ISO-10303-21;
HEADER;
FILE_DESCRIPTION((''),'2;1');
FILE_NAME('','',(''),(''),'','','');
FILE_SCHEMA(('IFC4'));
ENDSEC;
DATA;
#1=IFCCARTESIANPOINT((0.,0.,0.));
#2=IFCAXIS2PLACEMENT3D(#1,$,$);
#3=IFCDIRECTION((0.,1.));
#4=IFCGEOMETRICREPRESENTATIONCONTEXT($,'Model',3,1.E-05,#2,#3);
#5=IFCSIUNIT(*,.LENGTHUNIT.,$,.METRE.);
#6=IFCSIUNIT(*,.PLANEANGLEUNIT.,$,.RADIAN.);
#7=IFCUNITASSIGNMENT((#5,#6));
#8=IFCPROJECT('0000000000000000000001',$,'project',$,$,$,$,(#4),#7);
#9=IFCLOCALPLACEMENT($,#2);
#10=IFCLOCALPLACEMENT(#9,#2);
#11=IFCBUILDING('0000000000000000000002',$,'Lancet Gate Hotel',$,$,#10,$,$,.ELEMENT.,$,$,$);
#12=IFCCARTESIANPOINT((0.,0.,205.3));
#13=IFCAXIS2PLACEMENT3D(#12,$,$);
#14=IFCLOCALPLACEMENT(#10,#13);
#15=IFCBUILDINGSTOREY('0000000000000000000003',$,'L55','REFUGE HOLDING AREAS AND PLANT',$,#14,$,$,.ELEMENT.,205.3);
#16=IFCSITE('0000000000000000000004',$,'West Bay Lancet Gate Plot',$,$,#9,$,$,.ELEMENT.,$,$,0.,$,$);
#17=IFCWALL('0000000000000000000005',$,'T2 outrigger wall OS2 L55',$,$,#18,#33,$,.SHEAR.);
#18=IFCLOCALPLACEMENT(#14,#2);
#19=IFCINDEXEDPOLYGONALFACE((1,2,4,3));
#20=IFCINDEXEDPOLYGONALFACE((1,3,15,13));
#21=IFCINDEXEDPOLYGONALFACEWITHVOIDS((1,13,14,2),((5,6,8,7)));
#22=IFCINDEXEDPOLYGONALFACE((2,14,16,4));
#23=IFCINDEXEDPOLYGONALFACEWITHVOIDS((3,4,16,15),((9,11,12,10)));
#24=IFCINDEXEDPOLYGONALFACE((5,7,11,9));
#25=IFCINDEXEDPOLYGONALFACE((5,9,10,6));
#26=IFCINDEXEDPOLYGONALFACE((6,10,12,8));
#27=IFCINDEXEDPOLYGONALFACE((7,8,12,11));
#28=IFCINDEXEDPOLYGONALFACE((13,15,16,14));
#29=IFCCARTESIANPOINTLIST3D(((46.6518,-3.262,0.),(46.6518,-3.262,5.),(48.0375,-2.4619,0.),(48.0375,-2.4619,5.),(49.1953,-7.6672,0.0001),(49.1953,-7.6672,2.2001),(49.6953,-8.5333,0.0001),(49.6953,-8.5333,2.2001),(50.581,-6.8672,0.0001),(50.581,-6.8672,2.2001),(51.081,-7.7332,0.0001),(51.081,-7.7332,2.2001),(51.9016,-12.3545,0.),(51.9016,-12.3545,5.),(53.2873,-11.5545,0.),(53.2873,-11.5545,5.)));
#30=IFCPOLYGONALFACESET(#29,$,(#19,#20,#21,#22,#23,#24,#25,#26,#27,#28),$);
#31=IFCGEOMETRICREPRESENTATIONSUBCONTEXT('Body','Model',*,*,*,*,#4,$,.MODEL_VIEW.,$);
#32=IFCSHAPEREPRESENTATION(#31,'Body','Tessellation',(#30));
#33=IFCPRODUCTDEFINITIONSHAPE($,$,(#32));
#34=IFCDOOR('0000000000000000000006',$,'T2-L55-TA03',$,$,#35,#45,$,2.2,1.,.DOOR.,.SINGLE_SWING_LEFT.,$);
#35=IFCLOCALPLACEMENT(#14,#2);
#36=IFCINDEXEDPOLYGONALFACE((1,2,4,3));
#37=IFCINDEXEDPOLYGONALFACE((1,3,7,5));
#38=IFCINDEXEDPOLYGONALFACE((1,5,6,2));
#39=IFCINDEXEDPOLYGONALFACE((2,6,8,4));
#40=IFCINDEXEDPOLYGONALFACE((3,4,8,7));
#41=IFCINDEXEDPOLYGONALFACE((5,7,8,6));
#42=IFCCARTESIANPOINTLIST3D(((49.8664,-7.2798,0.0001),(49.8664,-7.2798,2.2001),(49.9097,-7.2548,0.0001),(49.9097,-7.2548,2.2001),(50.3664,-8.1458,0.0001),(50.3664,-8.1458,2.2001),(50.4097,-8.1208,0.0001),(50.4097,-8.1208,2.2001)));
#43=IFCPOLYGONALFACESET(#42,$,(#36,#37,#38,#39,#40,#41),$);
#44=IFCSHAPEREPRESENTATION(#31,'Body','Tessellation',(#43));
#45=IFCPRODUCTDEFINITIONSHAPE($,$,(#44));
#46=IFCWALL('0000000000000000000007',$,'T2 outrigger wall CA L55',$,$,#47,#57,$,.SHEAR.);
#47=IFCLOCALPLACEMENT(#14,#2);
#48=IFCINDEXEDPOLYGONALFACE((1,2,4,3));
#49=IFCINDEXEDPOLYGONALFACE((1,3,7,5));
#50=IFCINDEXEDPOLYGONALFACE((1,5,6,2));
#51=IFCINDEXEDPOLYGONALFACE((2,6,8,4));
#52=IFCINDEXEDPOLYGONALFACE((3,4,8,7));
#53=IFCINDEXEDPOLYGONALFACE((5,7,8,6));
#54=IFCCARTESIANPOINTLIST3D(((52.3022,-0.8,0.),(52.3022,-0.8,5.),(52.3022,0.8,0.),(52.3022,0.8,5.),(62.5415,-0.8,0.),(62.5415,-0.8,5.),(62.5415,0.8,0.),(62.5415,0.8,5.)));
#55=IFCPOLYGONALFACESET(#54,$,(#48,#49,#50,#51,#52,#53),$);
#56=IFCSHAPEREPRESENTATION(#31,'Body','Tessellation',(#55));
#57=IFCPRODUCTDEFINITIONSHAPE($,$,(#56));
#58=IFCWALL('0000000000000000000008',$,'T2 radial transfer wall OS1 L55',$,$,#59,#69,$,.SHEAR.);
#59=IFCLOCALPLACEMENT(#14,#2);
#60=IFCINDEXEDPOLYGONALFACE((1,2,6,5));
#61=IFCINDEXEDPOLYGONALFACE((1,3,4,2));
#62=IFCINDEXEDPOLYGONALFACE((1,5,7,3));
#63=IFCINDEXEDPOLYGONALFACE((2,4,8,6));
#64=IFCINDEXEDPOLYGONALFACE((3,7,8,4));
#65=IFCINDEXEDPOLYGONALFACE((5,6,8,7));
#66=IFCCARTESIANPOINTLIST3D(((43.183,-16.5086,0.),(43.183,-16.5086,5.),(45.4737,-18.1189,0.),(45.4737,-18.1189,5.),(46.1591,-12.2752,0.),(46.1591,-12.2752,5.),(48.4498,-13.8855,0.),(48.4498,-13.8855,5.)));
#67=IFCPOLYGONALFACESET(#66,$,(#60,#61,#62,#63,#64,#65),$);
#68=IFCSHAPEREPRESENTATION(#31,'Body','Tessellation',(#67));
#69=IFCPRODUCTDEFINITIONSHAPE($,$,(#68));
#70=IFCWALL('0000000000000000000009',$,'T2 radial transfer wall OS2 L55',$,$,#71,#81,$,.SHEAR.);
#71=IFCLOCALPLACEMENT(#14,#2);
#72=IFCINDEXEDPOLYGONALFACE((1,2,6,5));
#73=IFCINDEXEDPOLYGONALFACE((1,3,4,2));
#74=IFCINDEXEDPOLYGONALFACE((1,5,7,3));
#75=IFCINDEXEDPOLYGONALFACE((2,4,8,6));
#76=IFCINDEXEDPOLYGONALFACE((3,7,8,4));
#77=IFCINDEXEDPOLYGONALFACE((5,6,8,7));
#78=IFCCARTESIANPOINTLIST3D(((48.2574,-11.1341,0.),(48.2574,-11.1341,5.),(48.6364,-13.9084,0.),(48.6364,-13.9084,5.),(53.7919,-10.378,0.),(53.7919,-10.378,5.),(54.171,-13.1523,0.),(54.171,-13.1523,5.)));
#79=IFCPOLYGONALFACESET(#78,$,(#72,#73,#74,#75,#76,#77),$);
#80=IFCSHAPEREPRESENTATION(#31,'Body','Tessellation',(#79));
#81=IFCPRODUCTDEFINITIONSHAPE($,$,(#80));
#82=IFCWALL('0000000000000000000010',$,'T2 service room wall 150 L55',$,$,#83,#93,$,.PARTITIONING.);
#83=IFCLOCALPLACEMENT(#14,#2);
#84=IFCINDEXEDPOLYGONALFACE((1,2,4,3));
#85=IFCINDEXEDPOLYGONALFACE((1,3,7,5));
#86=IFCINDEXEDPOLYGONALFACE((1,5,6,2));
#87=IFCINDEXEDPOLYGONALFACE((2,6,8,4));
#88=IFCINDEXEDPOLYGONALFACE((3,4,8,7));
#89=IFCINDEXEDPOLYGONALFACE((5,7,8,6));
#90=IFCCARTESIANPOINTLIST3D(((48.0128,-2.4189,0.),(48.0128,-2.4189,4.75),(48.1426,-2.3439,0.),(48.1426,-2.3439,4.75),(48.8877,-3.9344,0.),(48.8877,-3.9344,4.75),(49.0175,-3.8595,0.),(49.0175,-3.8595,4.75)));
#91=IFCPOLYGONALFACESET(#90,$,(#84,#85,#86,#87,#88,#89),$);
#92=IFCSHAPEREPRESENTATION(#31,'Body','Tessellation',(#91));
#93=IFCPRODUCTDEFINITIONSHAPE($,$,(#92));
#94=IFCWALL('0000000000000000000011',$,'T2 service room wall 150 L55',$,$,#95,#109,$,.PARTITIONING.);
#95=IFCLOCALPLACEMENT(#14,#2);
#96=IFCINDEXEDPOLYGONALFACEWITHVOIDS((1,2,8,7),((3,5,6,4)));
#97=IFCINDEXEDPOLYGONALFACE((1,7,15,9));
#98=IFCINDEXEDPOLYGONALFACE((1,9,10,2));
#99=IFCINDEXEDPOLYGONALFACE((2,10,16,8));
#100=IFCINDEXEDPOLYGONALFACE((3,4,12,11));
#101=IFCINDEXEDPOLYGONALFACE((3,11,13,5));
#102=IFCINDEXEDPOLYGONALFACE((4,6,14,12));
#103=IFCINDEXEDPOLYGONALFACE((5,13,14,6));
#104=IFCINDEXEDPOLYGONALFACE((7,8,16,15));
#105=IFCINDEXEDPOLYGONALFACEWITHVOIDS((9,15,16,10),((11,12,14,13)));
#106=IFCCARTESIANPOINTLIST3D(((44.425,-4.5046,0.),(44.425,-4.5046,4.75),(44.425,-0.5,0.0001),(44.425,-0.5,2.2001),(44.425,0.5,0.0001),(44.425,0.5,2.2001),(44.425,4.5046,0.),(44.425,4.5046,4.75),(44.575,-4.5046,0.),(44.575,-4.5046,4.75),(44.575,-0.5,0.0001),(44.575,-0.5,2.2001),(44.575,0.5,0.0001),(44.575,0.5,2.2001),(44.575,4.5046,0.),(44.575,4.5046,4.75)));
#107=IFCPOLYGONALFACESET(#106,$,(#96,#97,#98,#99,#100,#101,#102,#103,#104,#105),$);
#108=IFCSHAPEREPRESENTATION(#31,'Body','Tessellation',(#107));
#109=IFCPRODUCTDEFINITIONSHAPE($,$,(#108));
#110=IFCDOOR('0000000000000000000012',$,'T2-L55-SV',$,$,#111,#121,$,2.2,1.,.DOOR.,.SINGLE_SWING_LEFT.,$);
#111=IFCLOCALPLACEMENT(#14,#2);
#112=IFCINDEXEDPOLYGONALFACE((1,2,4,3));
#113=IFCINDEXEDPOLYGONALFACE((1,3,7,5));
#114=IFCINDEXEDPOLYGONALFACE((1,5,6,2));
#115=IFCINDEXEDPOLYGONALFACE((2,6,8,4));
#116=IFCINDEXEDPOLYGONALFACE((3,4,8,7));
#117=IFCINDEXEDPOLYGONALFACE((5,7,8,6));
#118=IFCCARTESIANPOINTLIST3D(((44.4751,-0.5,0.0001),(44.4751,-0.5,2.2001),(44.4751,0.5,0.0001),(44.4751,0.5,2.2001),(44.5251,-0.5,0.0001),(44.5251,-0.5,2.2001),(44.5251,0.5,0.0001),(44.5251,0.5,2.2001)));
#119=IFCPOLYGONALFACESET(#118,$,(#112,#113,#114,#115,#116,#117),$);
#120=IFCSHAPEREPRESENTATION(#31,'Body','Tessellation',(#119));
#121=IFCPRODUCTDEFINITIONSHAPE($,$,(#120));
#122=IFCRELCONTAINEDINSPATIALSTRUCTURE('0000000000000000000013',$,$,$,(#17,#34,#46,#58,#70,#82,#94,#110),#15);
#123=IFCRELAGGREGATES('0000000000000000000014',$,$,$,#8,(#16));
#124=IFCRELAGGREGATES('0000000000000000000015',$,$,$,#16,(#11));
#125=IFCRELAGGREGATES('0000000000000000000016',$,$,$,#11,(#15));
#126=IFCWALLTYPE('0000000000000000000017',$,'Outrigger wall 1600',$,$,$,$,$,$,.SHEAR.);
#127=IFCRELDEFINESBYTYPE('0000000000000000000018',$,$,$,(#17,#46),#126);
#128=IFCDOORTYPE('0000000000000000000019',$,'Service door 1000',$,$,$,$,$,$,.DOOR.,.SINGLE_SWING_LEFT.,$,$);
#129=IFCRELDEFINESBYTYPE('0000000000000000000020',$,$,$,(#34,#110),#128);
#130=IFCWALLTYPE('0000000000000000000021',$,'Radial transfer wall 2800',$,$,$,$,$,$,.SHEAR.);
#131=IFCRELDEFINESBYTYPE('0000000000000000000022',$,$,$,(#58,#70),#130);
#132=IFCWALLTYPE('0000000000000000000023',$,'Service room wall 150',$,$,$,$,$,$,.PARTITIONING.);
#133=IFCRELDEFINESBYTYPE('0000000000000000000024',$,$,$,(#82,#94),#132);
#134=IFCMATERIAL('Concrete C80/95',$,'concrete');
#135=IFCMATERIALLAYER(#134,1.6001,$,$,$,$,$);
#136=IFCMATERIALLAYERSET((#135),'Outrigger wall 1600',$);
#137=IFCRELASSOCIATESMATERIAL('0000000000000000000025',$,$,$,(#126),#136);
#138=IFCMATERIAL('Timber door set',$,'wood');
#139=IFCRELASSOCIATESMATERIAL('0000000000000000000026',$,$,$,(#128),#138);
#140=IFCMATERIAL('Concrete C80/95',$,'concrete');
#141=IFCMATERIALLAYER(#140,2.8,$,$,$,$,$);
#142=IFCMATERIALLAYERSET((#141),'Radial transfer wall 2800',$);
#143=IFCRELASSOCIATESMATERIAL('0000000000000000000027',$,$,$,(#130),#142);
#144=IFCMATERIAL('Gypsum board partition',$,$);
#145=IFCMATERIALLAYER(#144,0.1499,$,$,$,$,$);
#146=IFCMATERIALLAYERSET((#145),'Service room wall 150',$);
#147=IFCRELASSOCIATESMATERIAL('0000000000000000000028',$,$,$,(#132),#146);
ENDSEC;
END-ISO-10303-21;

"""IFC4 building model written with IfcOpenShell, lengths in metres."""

from ifc_helpers import new_model, si_unit, direction, frame, frame_2d, origin, place, context, subcontext, project, spatial, rectangle, extrude, material, layer, layer_set, type_object, element, fill, save


model = new_model("IFC4")

# Units and contexts
model_context = context("Model", 3, precision=1e-05, world=origin(), true_north=direction((0.0, 1.0)))
body_context = subcontext(model_context, "Body", "Model", "MODEL_VIEW")
ifc_project = project(units=[si_unit("LENGTHUNIT", "METRE"), si_unit("PLANEANGLEUNIT", "RADIAN")], contexts=[model_context])

# Site, building, storey
site_placement = place(None, origin())
site = spatial("IfcSite", under=ifc_project, at=site_placement, Name="West Bay Lancet Gate Plot", CompositionType="ELEMENT", RefElevation=0.0)
building_placement = place(site_placement, origin())
building = spatial("IfcBuilding", under=site, at=building_placement, Name="Lancet Gate Hotel", CompositionType="ELEMENT")
storey_placement = place(building_placement, frame((0.0, 0.0, 205.3)))
storey = spatial("IfcBuildingStorey", under=building, at=storey_placement, Name="L55", Description="REFUGE HOLDING AREAS AND PLANT", CompositionType="ELEMENT", Elevation=205.3)

# Wall, opening, door
ifc_material_1 = material(Name="Concrete C80/95", Category="concrete")
ifc_layer_1 = layer(ifc_material_1, 1.6001)
ifc_layer_set_1 = layer_set([ifc_layer_1], Name="Outrigger wall 1600")
wall_type_1 = type_object("IfcWallType", Name="Outrigger wall 1600", PredefinedType="SHEAR", material=ifc_layer_set_1)
wall_1_placement = place(storey_placement, frame((47.3447, -2.8621, 0.0), z_axis=(0.0, 0.0, 1.0), x_axis=(0.500013, -0.866018, 0.0)))
wall_1 = element("IfcWall", 1, at=wall_1_placement, inside=storey, type_object=wall_type_1, Name="T2 outrigger wall OS2 L55", PredefinedType="SHEAR", context=body_context, shape_type="SweptSolid", body=[
    extrude(rectangle(XDim=10.4993, YDim=1.6001, at=frame_2d((5.2495, 0.0))), origin(), (0.0, 0.0, 1.0), 5.0),
])
opening_1_placement = place(wall_1_placement, frame((5.0867, 0.0, 0.0)))
opening_1 = element("IfcOpeningElement", 2, at=opening_1_placement, cuts=wall_1, PredefinedType="OPENING", context=body_context, shape_type="SweptSolid", body=[
    extrude(rectangle(XDim=1.0, YDim=2.2, at=frame_2d((0.5, 1.1001))), frame((0.0, 0.8101, 0.0), z_axis=(0.0, -1.0, 0.0), x_axis=(1.0, 0.0, 0.0)), (0.0, 0.0, 1.0), 1.6201),
])
ifc_material_2 = material(Name="Timber door set", Category="wood")
door_type = type_object("IfcDoorType", Name="Service door 1000", OperationType="SINGLE_SWING_LEFT", PredefinedType="DOOR", material=ifc_material_2)
door_1_placement = place(opening_1_placement, origin())
door_1 = element("IfcDoor", 3, at=door_1_placement, inside=storey, type_object=door_type, Name="T2-L55-TA03", OperationType="SINGLE_SWING_LEFT", OverallHeight=2.2, OverallWidth=1.0, PredefinedType="DOOR", context=body_context, shape_type="SweptSolid", body=[
    extrude(rectangle(XDim=1.0, YDim=2.2, at=frame_2d((0.5, 1.1001))), frame((0.0, 0.0249, 0.0), z_axis=(0.0, -1.0, 0.0), x_axis=(1.0, 0.0, 0.0)), (0.0, 0.0, 1.0), 0.05),
])
fill(opening_1, door_1)

# Walls
wall_2_placement = place(storey_placement, frame((52.3022, 0.0, 0.0), z_axis=(0.0, 0.0, 1.0), x_axis=(1.0, 0.0, 0.0)))
element("IfcWall", 4, at=wall_2_placement, inside=storey, type_object=wall_type_1, Name="T2 outrigger wall CA L55", PredefinedType="SHEAR", context=body_context, shape_type="SweptSolid", body=[
    extrude(rectangle(XDim=10.2393, YDim=1.6001, at=frame_2d((5.1196, 0.0))), origin(), (0.0, 0.0, 1.0), 5.0),
])
ifc_material_3 = material(Name="Concrete C80/95", Category="concrete")
ifc_layer_2 = layer(ifc_material_3, 2.8)
ifc_layer_set_2 = layer_set([ifc_layer_2], Name="Radial transfer wall 2800")
wall_type_2 = type_object("IfcWallType", Name="Radial transfer wall 2800", PredefinedType="SHEAR", material=ifc_layer_set_2)
wall_3_placement = place(storey_placement, frame((44.3284, -17.3137, 0.0), z_axis=(0.0, 0.0, 1.0), x_axis=(0.575108, 0.818078, 0.0)))
element("IfcWall", 5, at=wall_3_placement, inside=storey, type_object=wall_type_2, Name="T2 radial transfer wall OS1 L55", PredefinedType="SHEAR", context=body_context, shape_type="SweptSolid", body=[
    extrude(rectangle(XDim=5.1748, YDim=2.8, at=frame_2d((2.5874, 0.0))), origin(), (0.0, 0.0, 1.0), 5.0),
])
wall_4_placement = place(storey_placement, frame((53.9814, -11.7651, 0.0), z_axis=(0.0, 0.0, 1.0), x_axis=(-0.990796, -0.135361, 0.0)))
element("IfcWall", 6, at=wall_4_placement, inside=storey, type_object=wall_type_2, Name="T2 radial transfer wall OS2 L55", PredefinedType="SHEAR", context=body_context, shape_type="SweptSolid", body=[
    extrude(rectangle(XDim=5.5859, YDim=2.8, at=frame_2d((2.793, 0.0))), origin(), (0.0, 0.0, 1.0), 5.0),
])
ifc_material_4 = material(Name="Gypsum board partition")
ifc_layer_3 = layer(ifc_material_4, 0.1499)
ifc_layer_set_3 = layer_set([ifc_layer_3], Name="Service room wall 150")
wall_type_3 = type_object("IfcWallType", Name="Service room wall 150", PredefinedType="PARTITIONING", material=ifc_layer_set_3)
wall_5_placement = place(storey_placement, frame((48.9526, -3.897, 0.0), z_axis=(0.0, 0.0, 1.0), x_axis=(-0.49998, 0.866037, 0.0)))
element("IfcWall", 7, at=wall_5_placement, inside=storey, type_object=wall_type_3, Name="T2 service room wall 150 L55", PredefinedType="PARTITIONING", context=body_context, shape_type="SweptSolid", body=[
    extrude(rectangle(XDim=1.75, YDim=0.1499, at=frame_2d((0.875, 0.0))), origin(), (0.0, 0.0, 1.0), 4.75),
])

# Wall, opening, door
wall_6_placement = place(storey_placement, frame((44.5, -4.5046, 0.0), z_axis=(0.0, 0.0, 1.0), x_axis=(0.0, 1.0, 0.0)))
wall_6 = element("IfcWall", 8, at=wall_6_placement, inside=storey, type_object=wall_type_3, Name="T2 service room wall 150 L55", PredefinedType="PARTITIONING", context=body_context, shape_type="SweptSolid", body=[
    extrude(rectangle(XDim=9.0093, YDim=0.1499, at=frame_2d((4.5046, 0.0))), origin(), (0.0, 0.0, 1.0), 4.75),
])
opening_2_placement = place(wall_6_placement, frame((4.0046, 0.0, 0.0)))
opening_2 = element("IfcOpeningElement", 9, at=opening_2_placement, cuts=wall_6, PredefinedType="OPENING", context=body_context, shape_type="SweptSolid", body=[
    extrude(rectangle(XDim=1.0, YDim=2.2, at=frame_2d((0.5, 1.1001))), frame((0.0, 0.085, 0.0), z_axis=(0.0, -1.0, 0.0), x_axis=(1.0, 0.0, 0.0)), (0.0, 0.0, 1.0), 0.1699),
])
door_2_placement = place(opening_2_placement, origin())
door_2 = element("IfcDoor", 10, at=door_2_placement, inside=storey, type_object=door_type, Name="T2-L55-SV", OperationType="SINGLE_SWING_LEFT", OverallHeight=2.2, OverallWidth=1.0, PredefinedType="DOOR", context=body_context, shape_type="SweptSolid", body=[
    extrude(rectangle(XDim=1.0, YDim=2.2, at=frame_2d((0.5, 1.1001))), frame((0.0, 0.0249, 0.0), z_axis=(0.0, -1.0, 0.0), x_axis=(1.0, 0.0, 0.0)), (0.0, 0.0, 1.0), 0.05),
])
fill(opening_2, door_2)

save(model, "model.ifc")
